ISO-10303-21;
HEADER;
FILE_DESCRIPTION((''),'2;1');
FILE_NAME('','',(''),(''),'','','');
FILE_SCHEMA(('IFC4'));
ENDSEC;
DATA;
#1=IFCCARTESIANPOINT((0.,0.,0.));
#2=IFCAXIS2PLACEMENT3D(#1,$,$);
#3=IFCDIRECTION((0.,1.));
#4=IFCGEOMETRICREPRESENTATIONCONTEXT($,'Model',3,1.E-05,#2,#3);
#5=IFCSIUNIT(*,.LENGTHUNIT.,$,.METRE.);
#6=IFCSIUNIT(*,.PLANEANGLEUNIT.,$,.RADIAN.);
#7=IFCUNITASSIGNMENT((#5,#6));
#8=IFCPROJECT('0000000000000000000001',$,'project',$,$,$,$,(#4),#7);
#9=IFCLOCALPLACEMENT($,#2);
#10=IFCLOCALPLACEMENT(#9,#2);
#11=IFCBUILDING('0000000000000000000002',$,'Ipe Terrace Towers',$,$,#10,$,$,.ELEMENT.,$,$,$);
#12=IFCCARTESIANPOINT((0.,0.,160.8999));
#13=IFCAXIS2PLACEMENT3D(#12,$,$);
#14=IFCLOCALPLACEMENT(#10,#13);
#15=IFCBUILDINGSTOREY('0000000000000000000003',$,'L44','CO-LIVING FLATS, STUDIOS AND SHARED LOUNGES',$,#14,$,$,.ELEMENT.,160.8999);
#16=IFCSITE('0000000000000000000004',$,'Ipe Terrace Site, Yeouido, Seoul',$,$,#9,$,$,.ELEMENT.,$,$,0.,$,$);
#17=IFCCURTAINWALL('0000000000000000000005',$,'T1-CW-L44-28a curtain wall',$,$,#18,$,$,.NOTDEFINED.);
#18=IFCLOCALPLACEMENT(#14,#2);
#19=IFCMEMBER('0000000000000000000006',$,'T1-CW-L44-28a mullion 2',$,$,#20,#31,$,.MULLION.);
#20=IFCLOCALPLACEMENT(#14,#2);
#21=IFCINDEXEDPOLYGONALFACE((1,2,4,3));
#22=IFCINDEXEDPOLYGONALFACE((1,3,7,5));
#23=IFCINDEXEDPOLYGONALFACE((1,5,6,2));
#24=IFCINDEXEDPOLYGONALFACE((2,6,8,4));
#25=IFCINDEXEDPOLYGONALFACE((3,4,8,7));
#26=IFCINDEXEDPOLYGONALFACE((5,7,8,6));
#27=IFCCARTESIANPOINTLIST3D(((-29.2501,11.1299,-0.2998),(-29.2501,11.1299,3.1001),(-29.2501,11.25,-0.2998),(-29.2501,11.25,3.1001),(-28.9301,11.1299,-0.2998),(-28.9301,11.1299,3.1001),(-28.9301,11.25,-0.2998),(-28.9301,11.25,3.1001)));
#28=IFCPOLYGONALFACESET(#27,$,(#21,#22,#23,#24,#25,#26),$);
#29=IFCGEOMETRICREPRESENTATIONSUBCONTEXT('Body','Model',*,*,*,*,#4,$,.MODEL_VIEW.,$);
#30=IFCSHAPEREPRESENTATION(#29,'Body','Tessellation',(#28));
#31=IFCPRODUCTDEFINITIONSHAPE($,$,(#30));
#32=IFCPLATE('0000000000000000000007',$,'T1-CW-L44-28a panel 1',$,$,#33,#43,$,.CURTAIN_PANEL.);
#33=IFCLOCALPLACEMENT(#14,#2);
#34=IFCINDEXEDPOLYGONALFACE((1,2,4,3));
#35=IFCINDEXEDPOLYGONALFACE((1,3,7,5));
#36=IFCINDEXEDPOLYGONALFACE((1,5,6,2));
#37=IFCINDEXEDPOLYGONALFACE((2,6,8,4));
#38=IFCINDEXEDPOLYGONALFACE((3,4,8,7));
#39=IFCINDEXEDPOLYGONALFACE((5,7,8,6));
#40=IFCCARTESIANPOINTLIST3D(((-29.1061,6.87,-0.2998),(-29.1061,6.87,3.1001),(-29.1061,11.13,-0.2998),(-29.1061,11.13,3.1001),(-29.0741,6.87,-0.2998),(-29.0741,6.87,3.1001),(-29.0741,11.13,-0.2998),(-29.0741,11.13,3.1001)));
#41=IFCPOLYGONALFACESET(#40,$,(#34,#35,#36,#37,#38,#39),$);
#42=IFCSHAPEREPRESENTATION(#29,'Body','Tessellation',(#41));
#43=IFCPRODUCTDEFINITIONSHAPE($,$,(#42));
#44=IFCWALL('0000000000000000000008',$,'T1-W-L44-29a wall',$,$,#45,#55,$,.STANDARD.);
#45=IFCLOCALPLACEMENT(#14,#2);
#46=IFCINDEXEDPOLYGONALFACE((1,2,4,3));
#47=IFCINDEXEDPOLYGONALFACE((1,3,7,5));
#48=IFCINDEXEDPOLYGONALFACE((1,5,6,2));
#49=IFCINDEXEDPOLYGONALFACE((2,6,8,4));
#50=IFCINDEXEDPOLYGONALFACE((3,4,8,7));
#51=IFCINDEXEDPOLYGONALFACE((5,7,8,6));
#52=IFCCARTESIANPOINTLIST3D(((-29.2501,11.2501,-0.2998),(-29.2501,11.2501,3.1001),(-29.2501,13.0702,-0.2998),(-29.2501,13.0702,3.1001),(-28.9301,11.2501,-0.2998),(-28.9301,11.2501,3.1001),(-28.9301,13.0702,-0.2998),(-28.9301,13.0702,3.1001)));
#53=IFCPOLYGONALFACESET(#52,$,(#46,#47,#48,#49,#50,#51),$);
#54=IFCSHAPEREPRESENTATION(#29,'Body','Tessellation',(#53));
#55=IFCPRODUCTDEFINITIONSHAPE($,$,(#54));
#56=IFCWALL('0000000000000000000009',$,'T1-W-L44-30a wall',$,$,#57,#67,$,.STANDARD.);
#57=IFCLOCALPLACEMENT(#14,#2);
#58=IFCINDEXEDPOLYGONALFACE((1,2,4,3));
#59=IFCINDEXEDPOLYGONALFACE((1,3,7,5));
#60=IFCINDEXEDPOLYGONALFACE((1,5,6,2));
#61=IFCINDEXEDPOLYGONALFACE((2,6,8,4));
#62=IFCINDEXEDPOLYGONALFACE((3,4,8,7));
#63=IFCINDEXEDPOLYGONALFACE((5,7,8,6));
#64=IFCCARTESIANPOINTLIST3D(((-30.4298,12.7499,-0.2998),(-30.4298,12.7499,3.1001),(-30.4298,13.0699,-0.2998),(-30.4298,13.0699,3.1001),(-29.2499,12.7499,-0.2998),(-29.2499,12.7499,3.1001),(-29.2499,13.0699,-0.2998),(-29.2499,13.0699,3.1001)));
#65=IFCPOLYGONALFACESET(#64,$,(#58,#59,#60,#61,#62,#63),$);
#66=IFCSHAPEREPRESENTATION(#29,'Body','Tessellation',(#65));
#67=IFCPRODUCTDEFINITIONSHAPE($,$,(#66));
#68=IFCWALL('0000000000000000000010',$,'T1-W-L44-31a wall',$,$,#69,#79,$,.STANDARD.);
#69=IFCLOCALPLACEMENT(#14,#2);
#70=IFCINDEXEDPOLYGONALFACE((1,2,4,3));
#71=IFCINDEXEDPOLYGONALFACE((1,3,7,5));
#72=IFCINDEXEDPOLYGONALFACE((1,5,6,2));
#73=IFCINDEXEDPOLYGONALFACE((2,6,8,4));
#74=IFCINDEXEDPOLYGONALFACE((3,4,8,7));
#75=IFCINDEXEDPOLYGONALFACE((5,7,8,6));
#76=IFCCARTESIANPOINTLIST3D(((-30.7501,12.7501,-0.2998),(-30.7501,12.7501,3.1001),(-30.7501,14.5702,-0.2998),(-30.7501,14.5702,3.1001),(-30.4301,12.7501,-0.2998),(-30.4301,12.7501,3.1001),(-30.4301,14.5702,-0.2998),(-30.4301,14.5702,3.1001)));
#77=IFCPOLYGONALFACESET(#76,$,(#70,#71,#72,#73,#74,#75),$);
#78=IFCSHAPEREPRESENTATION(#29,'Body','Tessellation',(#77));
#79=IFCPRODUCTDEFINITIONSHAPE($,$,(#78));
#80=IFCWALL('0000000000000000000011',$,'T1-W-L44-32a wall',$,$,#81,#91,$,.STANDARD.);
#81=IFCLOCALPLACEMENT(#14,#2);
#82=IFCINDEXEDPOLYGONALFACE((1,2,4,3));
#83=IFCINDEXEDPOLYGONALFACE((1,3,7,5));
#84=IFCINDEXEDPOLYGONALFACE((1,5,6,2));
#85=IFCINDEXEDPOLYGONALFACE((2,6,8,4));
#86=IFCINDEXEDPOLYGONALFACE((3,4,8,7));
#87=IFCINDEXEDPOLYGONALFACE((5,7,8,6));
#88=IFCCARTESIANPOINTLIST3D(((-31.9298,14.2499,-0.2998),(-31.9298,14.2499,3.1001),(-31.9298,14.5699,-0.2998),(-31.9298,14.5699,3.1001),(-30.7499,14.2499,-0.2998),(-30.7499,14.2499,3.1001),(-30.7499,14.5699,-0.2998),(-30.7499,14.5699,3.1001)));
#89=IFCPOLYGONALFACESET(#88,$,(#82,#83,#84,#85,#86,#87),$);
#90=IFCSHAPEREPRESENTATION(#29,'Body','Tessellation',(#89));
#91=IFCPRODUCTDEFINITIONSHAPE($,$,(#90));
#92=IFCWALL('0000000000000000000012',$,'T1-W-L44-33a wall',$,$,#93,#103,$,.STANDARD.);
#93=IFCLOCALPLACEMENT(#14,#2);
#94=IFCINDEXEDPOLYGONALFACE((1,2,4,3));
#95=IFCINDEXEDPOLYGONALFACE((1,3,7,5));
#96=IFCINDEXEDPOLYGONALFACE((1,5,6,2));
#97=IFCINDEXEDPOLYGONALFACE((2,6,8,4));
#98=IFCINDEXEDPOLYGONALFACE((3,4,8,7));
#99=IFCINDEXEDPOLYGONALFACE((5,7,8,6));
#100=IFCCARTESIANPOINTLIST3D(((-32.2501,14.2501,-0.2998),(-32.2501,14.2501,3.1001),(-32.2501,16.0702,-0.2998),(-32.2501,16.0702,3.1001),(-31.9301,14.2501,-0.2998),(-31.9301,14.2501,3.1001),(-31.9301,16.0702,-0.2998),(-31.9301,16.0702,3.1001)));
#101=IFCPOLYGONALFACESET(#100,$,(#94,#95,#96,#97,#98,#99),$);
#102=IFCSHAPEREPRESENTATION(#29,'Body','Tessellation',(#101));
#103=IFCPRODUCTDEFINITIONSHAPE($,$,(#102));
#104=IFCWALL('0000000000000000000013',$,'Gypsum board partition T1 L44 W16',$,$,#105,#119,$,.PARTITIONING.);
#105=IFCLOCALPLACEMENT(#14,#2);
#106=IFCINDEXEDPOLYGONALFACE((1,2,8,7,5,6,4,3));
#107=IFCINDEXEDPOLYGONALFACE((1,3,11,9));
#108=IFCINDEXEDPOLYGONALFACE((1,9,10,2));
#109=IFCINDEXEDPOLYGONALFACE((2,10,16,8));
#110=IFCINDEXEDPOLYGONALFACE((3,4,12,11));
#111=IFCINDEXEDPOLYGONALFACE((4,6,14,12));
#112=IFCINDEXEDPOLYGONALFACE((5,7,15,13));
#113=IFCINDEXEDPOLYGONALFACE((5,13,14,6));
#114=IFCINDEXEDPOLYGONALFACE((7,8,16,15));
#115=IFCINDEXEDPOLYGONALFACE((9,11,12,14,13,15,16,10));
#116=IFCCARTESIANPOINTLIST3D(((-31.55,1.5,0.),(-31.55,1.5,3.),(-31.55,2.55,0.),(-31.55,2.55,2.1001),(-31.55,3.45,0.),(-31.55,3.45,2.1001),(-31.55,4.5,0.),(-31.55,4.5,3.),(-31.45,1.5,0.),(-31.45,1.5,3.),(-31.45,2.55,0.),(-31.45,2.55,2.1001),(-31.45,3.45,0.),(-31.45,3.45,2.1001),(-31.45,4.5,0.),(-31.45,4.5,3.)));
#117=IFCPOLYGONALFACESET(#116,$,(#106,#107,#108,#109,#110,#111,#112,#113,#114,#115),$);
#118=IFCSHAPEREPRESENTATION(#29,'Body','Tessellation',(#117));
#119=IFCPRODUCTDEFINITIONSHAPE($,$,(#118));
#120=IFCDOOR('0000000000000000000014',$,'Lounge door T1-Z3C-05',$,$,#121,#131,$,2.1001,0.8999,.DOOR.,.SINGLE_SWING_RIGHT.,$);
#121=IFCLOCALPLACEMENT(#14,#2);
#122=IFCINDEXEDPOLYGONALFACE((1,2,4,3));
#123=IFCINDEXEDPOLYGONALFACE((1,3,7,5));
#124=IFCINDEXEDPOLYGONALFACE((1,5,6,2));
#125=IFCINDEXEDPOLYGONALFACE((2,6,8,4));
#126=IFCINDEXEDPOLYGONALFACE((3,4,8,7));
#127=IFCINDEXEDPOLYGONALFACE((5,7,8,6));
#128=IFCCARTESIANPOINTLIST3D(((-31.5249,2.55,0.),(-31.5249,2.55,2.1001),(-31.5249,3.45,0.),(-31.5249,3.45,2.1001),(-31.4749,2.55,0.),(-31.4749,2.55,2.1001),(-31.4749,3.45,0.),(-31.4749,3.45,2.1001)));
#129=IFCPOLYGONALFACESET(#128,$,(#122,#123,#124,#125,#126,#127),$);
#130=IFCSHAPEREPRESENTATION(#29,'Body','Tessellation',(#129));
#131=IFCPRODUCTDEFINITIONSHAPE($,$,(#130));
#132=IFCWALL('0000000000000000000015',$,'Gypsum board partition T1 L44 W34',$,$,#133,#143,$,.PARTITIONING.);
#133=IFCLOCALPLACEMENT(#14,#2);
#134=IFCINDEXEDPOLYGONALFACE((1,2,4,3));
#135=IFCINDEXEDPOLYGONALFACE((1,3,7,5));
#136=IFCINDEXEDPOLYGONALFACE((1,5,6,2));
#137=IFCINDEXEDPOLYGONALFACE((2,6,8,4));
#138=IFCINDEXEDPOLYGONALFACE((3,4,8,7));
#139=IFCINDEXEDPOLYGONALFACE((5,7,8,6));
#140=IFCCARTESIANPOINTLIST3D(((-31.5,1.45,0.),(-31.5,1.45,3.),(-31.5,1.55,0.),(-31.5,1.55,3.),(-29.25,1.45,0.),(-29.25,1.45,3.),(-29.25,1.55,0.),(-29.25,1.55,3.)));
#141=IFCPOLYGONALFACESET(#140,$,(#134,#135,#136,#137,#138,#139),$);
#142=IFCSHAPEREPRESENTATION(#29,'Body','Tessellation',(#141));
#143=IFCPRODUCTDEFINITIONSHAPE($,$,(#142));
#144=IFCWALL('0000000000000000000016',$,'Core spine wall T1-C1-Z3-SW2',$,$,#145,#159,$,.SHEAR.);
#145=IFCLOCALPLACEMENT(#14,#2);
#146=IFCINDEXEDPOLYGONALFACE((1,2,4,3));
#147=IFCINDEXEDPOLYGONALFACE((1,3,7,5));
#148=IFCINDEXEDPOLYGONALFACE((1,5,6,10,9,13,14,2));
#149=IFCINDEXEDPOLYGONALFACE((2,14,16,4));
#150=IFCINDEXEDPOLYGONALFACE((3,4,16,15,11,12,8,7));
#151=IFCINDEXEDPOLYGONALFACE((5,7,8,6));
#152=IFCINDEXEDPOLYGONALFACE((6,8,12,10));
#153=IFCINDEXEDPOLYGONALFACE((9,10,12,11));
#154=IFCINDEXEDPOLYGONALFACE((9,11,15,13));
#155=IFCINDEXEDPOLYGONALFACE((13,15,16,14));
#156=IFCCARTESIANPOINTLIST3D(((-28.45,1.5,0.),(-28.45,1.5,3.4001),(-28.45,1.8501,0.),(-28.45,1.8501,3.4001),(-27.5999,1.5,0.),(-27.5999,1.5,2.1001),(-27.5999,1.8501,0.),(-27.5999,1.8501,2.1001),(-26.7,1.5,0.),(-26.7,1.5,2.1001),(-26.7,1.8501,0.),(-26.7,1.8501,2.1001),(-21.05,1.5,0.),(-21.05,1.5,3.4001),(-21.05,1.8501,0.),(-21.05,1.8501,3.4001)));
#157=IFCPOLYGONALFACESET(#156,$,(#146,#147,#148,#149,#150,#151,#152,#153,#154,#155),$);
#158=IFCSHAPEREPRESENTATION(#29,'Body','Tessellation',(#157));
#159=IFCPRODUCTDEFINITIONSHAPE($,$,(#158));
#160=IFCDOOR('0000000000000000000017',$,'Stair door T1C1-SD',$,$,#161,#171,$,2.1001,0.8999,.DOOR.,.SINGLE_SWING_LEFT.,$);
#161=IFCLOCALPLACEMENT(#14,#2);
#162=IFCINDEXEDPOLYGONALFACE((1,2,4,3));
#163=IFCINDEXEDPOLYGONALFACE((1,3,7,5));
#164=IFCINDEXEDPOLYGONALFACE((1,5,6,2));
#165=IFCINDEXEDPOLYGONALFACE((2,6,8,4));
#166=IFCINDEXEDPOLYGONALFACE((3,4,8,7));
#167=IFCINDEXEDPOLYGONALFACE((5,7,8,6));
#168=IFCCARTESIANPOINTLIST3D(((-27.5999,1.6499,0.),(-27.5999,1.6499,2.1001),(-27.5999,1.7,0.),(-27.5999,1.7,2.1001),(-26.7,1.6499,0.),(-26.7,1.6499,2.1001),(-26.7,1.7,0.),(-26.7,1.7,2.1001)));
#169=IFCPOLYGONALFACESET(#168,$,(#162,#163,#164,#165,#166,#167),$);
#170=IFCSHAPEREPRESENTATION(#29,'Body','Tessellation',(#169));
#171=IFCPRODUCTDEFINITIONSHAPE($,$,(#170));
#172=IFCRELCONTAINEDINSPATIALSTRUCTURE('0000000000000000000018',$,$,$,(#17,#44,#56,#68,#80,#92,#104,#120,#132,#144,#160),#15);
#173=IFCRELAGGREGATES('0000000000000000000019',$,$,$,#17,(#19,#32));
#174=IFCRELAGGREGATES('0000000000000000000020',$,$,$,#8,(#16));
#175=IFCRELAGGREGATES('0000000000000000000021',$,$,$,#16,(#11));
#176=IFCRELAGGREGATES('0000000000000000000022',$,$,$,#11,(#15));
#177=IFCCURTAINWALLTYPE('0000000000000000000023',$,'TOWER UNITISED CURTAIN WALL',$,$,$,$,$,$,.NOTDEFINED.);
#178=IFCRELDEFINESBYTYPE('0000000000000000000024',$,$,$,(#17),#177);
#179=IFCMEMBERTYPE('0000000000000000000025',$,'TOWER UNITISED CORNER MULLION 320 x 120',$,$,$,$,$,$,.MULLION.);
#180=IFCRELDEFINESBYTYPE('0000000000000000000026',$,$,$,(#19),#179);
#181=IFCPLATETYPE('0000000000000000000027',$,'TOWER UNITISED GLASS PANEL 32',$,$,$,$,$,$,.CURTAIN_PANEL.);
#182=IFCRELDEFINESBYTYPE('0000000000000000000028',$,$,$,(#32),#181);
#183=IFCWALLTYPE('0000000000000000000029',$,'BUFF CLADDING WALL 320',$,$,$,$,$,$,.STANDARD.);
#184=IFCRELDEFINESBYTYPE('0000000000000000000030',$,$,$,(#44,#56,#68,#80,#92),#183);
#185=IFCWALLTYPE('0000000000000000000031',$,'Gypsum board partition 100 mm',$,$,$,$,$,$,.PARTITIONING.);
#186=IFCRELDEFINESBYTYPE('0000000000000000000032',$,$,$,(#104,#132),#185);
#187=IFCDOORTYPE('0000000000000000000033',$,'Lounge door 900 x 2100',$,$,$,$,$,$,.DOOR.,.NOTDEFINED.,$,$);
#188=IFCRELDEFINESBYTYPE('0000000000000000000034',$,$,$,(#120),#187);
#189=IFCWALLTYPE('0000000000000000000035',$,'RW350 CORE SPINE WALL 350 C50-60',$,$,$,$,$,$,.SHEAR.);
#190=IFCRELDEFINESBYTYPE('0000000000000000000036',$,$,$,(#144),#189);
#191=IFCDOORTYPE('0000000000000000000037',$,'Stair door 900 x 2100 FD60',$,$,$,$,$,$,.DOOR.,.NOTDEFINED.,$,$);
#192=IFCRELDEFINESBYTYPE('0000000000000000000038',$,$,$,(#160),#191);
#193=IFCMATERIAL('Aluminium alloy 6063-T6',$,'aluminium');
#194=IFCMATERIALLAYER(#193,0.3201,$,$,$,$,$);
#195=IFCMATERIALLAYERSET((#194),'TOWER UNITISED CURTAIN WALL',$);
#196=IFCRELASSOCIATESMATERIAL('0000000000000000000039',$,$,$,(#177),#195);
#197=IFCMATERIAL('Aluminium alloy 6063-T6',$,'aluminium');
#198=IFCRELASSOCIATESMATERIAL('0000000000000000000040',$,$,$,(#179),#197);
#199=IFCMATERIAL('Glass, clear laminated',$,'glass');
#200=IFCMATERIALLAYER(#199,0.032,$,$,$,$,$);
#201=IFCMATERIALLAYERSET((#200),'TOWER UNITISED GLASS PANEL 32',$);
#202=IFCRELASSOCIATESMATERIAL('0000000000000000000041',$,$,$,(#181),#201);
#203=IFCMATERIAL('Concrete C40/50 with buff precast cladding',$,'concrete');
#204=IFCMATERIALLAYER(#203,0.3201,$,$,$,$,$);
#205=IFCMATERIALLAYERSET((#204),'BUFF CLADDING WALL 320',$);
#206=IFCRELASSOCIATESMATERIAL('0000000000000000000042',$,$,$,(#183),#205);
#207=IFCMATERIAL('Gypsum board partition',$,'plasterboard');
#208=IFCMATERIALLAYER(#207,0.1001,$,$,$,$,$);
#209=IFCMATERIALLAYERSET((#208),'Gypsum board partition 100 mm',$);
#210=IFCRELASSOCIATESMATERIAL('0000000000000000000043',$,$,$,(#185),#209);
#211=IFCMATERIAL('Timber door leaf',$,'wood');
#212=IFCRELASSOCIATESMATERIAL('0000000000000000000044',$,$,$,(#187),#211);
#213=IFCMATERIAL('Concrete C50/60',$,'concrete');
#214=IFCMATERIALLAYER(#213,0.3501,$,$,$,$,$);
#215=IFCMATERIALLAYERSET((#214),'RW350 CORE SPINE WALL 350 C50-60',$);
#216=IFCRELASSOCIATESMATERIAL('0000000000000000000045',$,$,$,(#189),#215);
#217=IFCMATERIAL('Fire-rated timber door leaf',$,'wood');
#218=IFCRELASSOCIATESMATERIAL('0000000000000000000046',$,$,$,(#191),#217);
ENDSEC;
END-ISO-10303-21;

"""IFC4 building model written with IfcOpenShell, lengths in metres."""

from ifc_helpers import new_model, si_unit, direction, frame, frame_2d, origin, origin_2d, place, context, subcontext, project, spatial, rectangle, extrude, material, layer, layer_set, material_profile, profile_set, type_object, element, fill, aggregate, save


model = new_model("IFC4")

# Units and contexts
model_context = context("Model", 3, precision=1e-05, world=origin(), true_north=direction((0.0, 1.0)))
body_context = subcontext(model_context, "Body", "Model", "MODEL_VIEW")
ifc_project = project(units=[si_unit("LENGTHUNIT", "METRE"), si_unit("PLANEANGLEUNIT", "RADIAN")], contexts=[model_context])

# Site, building, storey
site_placement = place(None, origin())
site = spatial("IfcSite", under=ifc_project, at=site_placement, Name="Ipe Terrace Site, Yeouido, Seoul", CompositionType="ELEMENT", RefElevation=0.0)
building_placement = place(site_placement, origin())
building = spatial("IfcBuilding", under=site, at=building_placement, Name="Ipe Terrace Towers", CompositionType="ELEMENT")
storey_placement = place(building_placement, frame((0.0, 0.0, 160.8999)))
storey = spatial("IfcBuildingStorey", under=building, at=storey_placement, Name="L44", Description="CO-LIVING FLATS, STUDIOS AND SHARED LOUNGES", CompositionType="ELEMENT", Elevation=160.8999)

# Curtain wall, member, plate
ifc_material_1 = material(Name="Aluminium alloy 6063-T6", Category="aluminium")
ifc_layer_1 = layer(ifc_material_1, 0.3201)
ifc_layer_set_1 = layer_set([ifc_layer_1], Name="TOWER UNITISED CURTAIN WALL")
curtain_wall_type = type_object("IfcCurtainWallType", Name="TOWER UNITISED CURTAIN WALL", PredefinedType="NOTDEFINED", material=ifc_layer_set_1)
curtain_wall_placement = place(storey_placement, origin())
curtain_wall = element("IfcCurtainWall", 1, at=curtain_wall_placement, inside=storey, type_object=curtain_wall_type, Name="T1-CW-L44-28a curtain wall", PredefinedType="NOTDEFINED")
ifc_material_2 = material(Name="Aluminium alloy 6063-T6", Category="aluminium")
ifc_material_profile_1 = material_profile(ifc_material_2, rectangle(XDim=0.3201, YDim=0.1201, at=origin_2d()), Name="TOWER UNITISED CORNER MULLION 320 x 120")
ifc_profile_set_1 = profile_set([ifc_material_profile_1], Name="Aluminium alloy 6063-T6")
member_type = type_object("IfcMemberType", Name="TOWER UNITISED CORNER MULLION 320 x 120", PredefinedType="MULLION", material=ifc_profile_set_1)
member_1_placement = place(storey_placement, frame((-29.0901, 11.1899, -0.2998), z_axis=(0.0, 0.0, 1.0), x_axis=(1.0, 0.0, 0.0)))
member_1 = element("IfcMember", 2, at=member_1_placement, type_object=member_type, Name="T1-CW-L44-28a mullion 2", PredefinedType="MULLION", context=body_context, shape_type="SweptSolid", body=[
    extrude(rectangle(XDim=0.3201, YDim=0.1201, at=origin_2d()), origin(), (0.0, 0.0, 1.0), 3.3999),
])
ifc_material_3 = material(Name="Glass, clear laminated", Category="glass")
ifc_layer_2 = layer(ifc_material_3, 0.032)
ifc_layer_set_2 = layer_set([ifc_layer_2], Name="TOWER UNITISED GLASS PANEL 32")
plate_type = type_object("IfcPlateType", Name="TOWER UNITISED GLASS PANEL 32", PredefinedType="CURTAIN_PANEL", material=ifc_layer_set_2)
plate_placement = place(storey_placement, frame((-29.0901, 9.0, -0.2998), z_axis=(0.0, 0.0, 1.0), x_axis=(0.0, 1.0, 0.0)))
plate = element("IfcPlate", 3, at=plate_placement, type_object=plate_type, Name="T1-CW-L44-28a panel 1", PredefinedType="CURTAIN_PANEL", context=body_context, shape_type="SweptSolid", body=[
    extrude(rectangle(XDim=4.26, YDim=0.032, at=origin_2d()), origin(), (0.0, 0.0, 1.0), 3.3999),
])
aggregate(curtain_wall, [member_1, plate])

# Walls
ifc_material_4 = material(Name="Concrete C40/50 with buff precast cladding", Category="concrete")
ifc_layer_3 = layer(ifc_material_4, 0.3201)
ifc_layer_set_3 = layer_set([ifc_layer_3], Name="BUFF CLADDING WALL 320")
wall_type_1 = type_object("IfcWallType", Name="BUFF CLADDING WALL 320", PredefinedType="STANDARD", material=ifc_layer_set_3)
wall_1_placement = place(storey_placement, frame((-29.0901, 11.25, -0.2998), z_axis=(0.0, 0.0, 1.0), x_axis=(0.0, 1.0, 0.0)))
element("IfcWall", 4, at=wall_1_placement, inside=storey, type_object=wall_type_1, Name="T1-W-L44-29a wall", PredefinedType="STANDARD", context=body_context, shape_type="SweptSolid", body=[
    extrude(rectangle(XDim=1.8201, YDim=0.3201, at=frame_2d((0.9102, 0.0))), origin(), (0.0, 0.0, 1.0), 3.3999),
])
wall_2_placement = place(storey_placement, frame((-29.25, 12.9099, -0.2998), z_axis=(0.0, 0.0, 1.0), x_axis=(-1.0, 0.0, 0.0)))
element("IfcWall", 5, at=wall_2_placement, inside=storey, type_object=wall_type_1, Name="T1-W-L44-30a wall", PredefinedType="STANDARD", context=body_context, shape_type="SweptSolid", body=[
    extrude(rectangle(XDim=1.1799, YDim=0.3201, at=frame_2d((0.5898, 0.0))), origin(), (0.0, 0.0, 1.0), 3.3999),
])
wall_3_placement = place(storey_placement, frame((-30.5901, 12.75, -0.2998), z_axis=(0.0, 0.0, 1.0), x_axis=(0.0, 1.0, 0.0)))
element("IfcWall", 6, at=wall_3_placement, inside=storey, type_object=wall_type_1, Name="T1-W-L44-31a wall", PredefinedType="STANDARD", context=body_context, shape_type="SweptSolid", body=[
    extrude(rectangle(XDim=1.8201, YDim=0.3201, at=frame_2d((0.9102, 0.0))), origin(), (0.0, 0.0, 1.0), 3.3999),
])
wall_4_placement = place(storey_placement, frame((-30.75, 14.4099, -0.2998), z_axis=(0.0, 0.0, 1.0), x_axis=(-1.0, 0.0, 0.0)))
element("IfcWall", 7, at=wall_4_placement, inside=storey, type_object=wall_type_1, Name="T1-W-L44-32a wall", PredefinedType="STANDARD", context=body_context, shape_type="SweptSolid", body=[
    extrude(rectangle(XDim=1.1799, YDim=0.3201, at=frame_2d((0.5898, 0.0))), origin(), (0.0, 0.0, 1.0), 3.3999),
])
wall_5_placement = place(storey_placement, frame((-32.0901, 14.25, -0.2998), z_axis=(0.0, 0.0, 1.0), x_axis=(0.0, 1.0, 0.0)))
element("IfcWall", 8, at=wall_5_placement, inside=storey, type_object=wall_type_1, Name="T1-W-L44-33a wall", PredefinedType="STANDARD", context=body_context, shape_type="SweptSolid", body=[
    extrude(rectangle(XDim=1.8201, YDim=0.3201, at=frame_2d((0.9102, 0.0))), origin(), (0.0, 0.0, 1.0), 3.3999),
])

# Wall, opening, door
ifc_material_5 = material(Name="Gypsum board partition", Category="plasterboard")
ifc_layer_4 = layer(ifc_material_5, 0.1001)
ifc_layer_set_4 = layer_set([ifc_layer_4], Name="Gypsum board partition 100 mm")
wall_type_2 = type_object("IfcWallType", Name="Gypsum board partition 100 mm", PredefinedType="PARTITIONING", material=ifc_layer_set_4)
wall_6_placement = place(storey_placement, frame((-31.5, 1.5, 0.0), z_axis=(0.0, 0.0, 1.0), x_axis=(0.0, 1.0, 0.0)))
wall_6 = element("IfcWall", 9, at=wall_6_placement, inside=storey, type_object=wall_type_2, Name="Gypsum board partition T1 L44 W16", PredefinedType="PARTITIONING", context=body_context, shape_type="SweptSolid", body=[
    extrude(rectangle(XDim=3.0, YDim=0.1001, at=frame_2d((1.5, 0.0))), origin(), (0.0, 0.0, 1.0), 3.0),
])
opening_1_placement = place(wall_6_placement, frame((1.05, 0.0, 0.0)))
opening_1 = element("IfcOpeningElement", 10, at=opening_1_placement, cuts=wall_6, PredefinedType="OPENING", context=body_context, shape_type="SweptSolid", body=[
    extrude(rectangle(XDim=0.8999, YDim=2.1001, at=frame_2d((0.45, 1.05))), frame((0.0, 0.0601, 0.0), z_axis=(0.0, -1.0, 0.0), x_axis=(1.0, 0.0, 0.0)), (0.0, 0.0, 1.0), 0.1201),
])
ifc_material_6 = material(Name="Timber door leaf", Category="wood")
door_type_1 = type_object("IfcDoorType", Name="Lounge door 900 x 2100", OperationType="NOTDEFINED", PredefinedType="DOOR", material=ifc_material_6)
door_1_placement = place(opening_1_placement, origin())
door_1 = element("IfcDoor", 11, at=door_1_placement, inside=storey, type_object=door_type_1, Name="Lounge door T1-Z3C-05", OperationType="SINGLE_SWING_RIGHT", OverallHeight=2.1001, OverallWidth=0.8999, PredefinedType="DOOR", context=body_context, shape_type="SweptSolid", body=[
    extrude(rectangle(XDim=0.8999, YDim=2.1001, at=frame_2d((0.45, 1.05))), frame((0.0, 0.0249, 0.0), z_axis=(0.0, -1.0, 0.0), x_axis=(1.0, 0.0, 0.0)), (0.0, 0.0, 1.0), 0.05),
])
fill(opening_1, door_1)

# Wall
wall_7_placement = place(storey_placement, frame((-31.5, 1.5, 0.0), z_axis=(0.0, 0.0, 1.0), x_axis=(1.0, 0.0, 0.0)))
element("IfcWall", 12, at=wall_7_placement, inside=storey, type_object=wall_type_2, Name="Gypsum board partition T1 L44 W34", PredefinedType="PARTITIONING", context=body_context, shape_type="SweptSolid", body=[
    extrude(rectangle(XDim=2.25, YDim=0.1001, at=frame_2d((1.125, 0.0))), origin(), (0.0, 0.0, 1.0), 3.0),
])

# Wall, opening, door
ifc_material_7 = material(Name="Concrete C50/60", Category="concrete")
ifc_layer_5 = layer(ifc_material_7, 0.3501)
ifc_layer_set_5 = layer_set([ifc_layer_5], Name="RW350 CORE SPINE WALL 350 C50-60")
wall_type_3 = type_object("IfcWallType", Name="RW350 CORE SPINE WALL 350 C50-60", PredefinedType="SHEAR", material=ifc_layer_set_5)
wall_8_placement = place(storey_placement, frame((-28.45, 1.675, 0.0), z_axis=(0.0, 0.0, 1.0), x_axis=(1.0, 0.0, 0.0)))
wall_8 = element("IfcWall", 13, at=wall_8_placement, inside=storey, type_object=wall_type_3, Name="Core spine wall T1-C1-Z3-SW2", PredefinedType="SHEAR", context=body_context, shape_type="SweptSolid", body=[
    extrude(rectangle(XDim=7.3999, YDim=0.3501, at=frame_2d((3.7, 0.0))), origin(), (0.0, 0.0, 1.0), 3.4001),
])
opening_2_placement = place(wall_8_placement, frame((0.8501, 0.0, 0.0)))
opening_2 = element("IfcOpeningElement", 14, at=opening_2_placement, cuts=wall_8, PredefinedType="OPENING", context=body_context, shape_type="SweptSolid", body=[
    extrude(rectangle(XDim=0.8999, YDim=2.1001, at=frame_2d((0.45, 1.05))), frame((0.0, 0.1851, 0.0), z_axis=(0.0, -1.0, 0.0), x_axis=(1.0, 0.0, 0.0)), (0.0, 0.0, 1.0), 0.3701),
])
ifc_material_8 = material(Name="Fire-rated timber door leaf", Category="wood")
door_type_2 = type_object("IfcDoorType", Name="Stair door 900 x 2100 FD60", OperationType="NOTDEFINED", PredefinedType="DOOR", material=ifc_material_8)
door_2_placement = place(opening_2_placement, origin())
door_2 = element("IfcDoor", 15, at=door_2_placement, inside=storey, type_object=door_type_2, Name="Stair door T1C1-SD", OperationType="SINGLE_SWING_LEFT", OverallHeight=2.1001, OverallWidth=0.8999, PredefinedType="DOOR", context=body_context, shape_type="SweptSolid", body=[
    extrude(rectangle(XDim=0.8999, YDim=2.1001, at=frame_2d((0.45, 1.05))), frame((0.0, 0.0249, 0.0), z_axis=(0.0, -1.0, 0.0), x_axis=(1.0, 0.0, 0.0)), (0.0, 0.0, 1.0), 0.05),
])
fill(opening_2, door_2)

save(model, "model.ifc")
